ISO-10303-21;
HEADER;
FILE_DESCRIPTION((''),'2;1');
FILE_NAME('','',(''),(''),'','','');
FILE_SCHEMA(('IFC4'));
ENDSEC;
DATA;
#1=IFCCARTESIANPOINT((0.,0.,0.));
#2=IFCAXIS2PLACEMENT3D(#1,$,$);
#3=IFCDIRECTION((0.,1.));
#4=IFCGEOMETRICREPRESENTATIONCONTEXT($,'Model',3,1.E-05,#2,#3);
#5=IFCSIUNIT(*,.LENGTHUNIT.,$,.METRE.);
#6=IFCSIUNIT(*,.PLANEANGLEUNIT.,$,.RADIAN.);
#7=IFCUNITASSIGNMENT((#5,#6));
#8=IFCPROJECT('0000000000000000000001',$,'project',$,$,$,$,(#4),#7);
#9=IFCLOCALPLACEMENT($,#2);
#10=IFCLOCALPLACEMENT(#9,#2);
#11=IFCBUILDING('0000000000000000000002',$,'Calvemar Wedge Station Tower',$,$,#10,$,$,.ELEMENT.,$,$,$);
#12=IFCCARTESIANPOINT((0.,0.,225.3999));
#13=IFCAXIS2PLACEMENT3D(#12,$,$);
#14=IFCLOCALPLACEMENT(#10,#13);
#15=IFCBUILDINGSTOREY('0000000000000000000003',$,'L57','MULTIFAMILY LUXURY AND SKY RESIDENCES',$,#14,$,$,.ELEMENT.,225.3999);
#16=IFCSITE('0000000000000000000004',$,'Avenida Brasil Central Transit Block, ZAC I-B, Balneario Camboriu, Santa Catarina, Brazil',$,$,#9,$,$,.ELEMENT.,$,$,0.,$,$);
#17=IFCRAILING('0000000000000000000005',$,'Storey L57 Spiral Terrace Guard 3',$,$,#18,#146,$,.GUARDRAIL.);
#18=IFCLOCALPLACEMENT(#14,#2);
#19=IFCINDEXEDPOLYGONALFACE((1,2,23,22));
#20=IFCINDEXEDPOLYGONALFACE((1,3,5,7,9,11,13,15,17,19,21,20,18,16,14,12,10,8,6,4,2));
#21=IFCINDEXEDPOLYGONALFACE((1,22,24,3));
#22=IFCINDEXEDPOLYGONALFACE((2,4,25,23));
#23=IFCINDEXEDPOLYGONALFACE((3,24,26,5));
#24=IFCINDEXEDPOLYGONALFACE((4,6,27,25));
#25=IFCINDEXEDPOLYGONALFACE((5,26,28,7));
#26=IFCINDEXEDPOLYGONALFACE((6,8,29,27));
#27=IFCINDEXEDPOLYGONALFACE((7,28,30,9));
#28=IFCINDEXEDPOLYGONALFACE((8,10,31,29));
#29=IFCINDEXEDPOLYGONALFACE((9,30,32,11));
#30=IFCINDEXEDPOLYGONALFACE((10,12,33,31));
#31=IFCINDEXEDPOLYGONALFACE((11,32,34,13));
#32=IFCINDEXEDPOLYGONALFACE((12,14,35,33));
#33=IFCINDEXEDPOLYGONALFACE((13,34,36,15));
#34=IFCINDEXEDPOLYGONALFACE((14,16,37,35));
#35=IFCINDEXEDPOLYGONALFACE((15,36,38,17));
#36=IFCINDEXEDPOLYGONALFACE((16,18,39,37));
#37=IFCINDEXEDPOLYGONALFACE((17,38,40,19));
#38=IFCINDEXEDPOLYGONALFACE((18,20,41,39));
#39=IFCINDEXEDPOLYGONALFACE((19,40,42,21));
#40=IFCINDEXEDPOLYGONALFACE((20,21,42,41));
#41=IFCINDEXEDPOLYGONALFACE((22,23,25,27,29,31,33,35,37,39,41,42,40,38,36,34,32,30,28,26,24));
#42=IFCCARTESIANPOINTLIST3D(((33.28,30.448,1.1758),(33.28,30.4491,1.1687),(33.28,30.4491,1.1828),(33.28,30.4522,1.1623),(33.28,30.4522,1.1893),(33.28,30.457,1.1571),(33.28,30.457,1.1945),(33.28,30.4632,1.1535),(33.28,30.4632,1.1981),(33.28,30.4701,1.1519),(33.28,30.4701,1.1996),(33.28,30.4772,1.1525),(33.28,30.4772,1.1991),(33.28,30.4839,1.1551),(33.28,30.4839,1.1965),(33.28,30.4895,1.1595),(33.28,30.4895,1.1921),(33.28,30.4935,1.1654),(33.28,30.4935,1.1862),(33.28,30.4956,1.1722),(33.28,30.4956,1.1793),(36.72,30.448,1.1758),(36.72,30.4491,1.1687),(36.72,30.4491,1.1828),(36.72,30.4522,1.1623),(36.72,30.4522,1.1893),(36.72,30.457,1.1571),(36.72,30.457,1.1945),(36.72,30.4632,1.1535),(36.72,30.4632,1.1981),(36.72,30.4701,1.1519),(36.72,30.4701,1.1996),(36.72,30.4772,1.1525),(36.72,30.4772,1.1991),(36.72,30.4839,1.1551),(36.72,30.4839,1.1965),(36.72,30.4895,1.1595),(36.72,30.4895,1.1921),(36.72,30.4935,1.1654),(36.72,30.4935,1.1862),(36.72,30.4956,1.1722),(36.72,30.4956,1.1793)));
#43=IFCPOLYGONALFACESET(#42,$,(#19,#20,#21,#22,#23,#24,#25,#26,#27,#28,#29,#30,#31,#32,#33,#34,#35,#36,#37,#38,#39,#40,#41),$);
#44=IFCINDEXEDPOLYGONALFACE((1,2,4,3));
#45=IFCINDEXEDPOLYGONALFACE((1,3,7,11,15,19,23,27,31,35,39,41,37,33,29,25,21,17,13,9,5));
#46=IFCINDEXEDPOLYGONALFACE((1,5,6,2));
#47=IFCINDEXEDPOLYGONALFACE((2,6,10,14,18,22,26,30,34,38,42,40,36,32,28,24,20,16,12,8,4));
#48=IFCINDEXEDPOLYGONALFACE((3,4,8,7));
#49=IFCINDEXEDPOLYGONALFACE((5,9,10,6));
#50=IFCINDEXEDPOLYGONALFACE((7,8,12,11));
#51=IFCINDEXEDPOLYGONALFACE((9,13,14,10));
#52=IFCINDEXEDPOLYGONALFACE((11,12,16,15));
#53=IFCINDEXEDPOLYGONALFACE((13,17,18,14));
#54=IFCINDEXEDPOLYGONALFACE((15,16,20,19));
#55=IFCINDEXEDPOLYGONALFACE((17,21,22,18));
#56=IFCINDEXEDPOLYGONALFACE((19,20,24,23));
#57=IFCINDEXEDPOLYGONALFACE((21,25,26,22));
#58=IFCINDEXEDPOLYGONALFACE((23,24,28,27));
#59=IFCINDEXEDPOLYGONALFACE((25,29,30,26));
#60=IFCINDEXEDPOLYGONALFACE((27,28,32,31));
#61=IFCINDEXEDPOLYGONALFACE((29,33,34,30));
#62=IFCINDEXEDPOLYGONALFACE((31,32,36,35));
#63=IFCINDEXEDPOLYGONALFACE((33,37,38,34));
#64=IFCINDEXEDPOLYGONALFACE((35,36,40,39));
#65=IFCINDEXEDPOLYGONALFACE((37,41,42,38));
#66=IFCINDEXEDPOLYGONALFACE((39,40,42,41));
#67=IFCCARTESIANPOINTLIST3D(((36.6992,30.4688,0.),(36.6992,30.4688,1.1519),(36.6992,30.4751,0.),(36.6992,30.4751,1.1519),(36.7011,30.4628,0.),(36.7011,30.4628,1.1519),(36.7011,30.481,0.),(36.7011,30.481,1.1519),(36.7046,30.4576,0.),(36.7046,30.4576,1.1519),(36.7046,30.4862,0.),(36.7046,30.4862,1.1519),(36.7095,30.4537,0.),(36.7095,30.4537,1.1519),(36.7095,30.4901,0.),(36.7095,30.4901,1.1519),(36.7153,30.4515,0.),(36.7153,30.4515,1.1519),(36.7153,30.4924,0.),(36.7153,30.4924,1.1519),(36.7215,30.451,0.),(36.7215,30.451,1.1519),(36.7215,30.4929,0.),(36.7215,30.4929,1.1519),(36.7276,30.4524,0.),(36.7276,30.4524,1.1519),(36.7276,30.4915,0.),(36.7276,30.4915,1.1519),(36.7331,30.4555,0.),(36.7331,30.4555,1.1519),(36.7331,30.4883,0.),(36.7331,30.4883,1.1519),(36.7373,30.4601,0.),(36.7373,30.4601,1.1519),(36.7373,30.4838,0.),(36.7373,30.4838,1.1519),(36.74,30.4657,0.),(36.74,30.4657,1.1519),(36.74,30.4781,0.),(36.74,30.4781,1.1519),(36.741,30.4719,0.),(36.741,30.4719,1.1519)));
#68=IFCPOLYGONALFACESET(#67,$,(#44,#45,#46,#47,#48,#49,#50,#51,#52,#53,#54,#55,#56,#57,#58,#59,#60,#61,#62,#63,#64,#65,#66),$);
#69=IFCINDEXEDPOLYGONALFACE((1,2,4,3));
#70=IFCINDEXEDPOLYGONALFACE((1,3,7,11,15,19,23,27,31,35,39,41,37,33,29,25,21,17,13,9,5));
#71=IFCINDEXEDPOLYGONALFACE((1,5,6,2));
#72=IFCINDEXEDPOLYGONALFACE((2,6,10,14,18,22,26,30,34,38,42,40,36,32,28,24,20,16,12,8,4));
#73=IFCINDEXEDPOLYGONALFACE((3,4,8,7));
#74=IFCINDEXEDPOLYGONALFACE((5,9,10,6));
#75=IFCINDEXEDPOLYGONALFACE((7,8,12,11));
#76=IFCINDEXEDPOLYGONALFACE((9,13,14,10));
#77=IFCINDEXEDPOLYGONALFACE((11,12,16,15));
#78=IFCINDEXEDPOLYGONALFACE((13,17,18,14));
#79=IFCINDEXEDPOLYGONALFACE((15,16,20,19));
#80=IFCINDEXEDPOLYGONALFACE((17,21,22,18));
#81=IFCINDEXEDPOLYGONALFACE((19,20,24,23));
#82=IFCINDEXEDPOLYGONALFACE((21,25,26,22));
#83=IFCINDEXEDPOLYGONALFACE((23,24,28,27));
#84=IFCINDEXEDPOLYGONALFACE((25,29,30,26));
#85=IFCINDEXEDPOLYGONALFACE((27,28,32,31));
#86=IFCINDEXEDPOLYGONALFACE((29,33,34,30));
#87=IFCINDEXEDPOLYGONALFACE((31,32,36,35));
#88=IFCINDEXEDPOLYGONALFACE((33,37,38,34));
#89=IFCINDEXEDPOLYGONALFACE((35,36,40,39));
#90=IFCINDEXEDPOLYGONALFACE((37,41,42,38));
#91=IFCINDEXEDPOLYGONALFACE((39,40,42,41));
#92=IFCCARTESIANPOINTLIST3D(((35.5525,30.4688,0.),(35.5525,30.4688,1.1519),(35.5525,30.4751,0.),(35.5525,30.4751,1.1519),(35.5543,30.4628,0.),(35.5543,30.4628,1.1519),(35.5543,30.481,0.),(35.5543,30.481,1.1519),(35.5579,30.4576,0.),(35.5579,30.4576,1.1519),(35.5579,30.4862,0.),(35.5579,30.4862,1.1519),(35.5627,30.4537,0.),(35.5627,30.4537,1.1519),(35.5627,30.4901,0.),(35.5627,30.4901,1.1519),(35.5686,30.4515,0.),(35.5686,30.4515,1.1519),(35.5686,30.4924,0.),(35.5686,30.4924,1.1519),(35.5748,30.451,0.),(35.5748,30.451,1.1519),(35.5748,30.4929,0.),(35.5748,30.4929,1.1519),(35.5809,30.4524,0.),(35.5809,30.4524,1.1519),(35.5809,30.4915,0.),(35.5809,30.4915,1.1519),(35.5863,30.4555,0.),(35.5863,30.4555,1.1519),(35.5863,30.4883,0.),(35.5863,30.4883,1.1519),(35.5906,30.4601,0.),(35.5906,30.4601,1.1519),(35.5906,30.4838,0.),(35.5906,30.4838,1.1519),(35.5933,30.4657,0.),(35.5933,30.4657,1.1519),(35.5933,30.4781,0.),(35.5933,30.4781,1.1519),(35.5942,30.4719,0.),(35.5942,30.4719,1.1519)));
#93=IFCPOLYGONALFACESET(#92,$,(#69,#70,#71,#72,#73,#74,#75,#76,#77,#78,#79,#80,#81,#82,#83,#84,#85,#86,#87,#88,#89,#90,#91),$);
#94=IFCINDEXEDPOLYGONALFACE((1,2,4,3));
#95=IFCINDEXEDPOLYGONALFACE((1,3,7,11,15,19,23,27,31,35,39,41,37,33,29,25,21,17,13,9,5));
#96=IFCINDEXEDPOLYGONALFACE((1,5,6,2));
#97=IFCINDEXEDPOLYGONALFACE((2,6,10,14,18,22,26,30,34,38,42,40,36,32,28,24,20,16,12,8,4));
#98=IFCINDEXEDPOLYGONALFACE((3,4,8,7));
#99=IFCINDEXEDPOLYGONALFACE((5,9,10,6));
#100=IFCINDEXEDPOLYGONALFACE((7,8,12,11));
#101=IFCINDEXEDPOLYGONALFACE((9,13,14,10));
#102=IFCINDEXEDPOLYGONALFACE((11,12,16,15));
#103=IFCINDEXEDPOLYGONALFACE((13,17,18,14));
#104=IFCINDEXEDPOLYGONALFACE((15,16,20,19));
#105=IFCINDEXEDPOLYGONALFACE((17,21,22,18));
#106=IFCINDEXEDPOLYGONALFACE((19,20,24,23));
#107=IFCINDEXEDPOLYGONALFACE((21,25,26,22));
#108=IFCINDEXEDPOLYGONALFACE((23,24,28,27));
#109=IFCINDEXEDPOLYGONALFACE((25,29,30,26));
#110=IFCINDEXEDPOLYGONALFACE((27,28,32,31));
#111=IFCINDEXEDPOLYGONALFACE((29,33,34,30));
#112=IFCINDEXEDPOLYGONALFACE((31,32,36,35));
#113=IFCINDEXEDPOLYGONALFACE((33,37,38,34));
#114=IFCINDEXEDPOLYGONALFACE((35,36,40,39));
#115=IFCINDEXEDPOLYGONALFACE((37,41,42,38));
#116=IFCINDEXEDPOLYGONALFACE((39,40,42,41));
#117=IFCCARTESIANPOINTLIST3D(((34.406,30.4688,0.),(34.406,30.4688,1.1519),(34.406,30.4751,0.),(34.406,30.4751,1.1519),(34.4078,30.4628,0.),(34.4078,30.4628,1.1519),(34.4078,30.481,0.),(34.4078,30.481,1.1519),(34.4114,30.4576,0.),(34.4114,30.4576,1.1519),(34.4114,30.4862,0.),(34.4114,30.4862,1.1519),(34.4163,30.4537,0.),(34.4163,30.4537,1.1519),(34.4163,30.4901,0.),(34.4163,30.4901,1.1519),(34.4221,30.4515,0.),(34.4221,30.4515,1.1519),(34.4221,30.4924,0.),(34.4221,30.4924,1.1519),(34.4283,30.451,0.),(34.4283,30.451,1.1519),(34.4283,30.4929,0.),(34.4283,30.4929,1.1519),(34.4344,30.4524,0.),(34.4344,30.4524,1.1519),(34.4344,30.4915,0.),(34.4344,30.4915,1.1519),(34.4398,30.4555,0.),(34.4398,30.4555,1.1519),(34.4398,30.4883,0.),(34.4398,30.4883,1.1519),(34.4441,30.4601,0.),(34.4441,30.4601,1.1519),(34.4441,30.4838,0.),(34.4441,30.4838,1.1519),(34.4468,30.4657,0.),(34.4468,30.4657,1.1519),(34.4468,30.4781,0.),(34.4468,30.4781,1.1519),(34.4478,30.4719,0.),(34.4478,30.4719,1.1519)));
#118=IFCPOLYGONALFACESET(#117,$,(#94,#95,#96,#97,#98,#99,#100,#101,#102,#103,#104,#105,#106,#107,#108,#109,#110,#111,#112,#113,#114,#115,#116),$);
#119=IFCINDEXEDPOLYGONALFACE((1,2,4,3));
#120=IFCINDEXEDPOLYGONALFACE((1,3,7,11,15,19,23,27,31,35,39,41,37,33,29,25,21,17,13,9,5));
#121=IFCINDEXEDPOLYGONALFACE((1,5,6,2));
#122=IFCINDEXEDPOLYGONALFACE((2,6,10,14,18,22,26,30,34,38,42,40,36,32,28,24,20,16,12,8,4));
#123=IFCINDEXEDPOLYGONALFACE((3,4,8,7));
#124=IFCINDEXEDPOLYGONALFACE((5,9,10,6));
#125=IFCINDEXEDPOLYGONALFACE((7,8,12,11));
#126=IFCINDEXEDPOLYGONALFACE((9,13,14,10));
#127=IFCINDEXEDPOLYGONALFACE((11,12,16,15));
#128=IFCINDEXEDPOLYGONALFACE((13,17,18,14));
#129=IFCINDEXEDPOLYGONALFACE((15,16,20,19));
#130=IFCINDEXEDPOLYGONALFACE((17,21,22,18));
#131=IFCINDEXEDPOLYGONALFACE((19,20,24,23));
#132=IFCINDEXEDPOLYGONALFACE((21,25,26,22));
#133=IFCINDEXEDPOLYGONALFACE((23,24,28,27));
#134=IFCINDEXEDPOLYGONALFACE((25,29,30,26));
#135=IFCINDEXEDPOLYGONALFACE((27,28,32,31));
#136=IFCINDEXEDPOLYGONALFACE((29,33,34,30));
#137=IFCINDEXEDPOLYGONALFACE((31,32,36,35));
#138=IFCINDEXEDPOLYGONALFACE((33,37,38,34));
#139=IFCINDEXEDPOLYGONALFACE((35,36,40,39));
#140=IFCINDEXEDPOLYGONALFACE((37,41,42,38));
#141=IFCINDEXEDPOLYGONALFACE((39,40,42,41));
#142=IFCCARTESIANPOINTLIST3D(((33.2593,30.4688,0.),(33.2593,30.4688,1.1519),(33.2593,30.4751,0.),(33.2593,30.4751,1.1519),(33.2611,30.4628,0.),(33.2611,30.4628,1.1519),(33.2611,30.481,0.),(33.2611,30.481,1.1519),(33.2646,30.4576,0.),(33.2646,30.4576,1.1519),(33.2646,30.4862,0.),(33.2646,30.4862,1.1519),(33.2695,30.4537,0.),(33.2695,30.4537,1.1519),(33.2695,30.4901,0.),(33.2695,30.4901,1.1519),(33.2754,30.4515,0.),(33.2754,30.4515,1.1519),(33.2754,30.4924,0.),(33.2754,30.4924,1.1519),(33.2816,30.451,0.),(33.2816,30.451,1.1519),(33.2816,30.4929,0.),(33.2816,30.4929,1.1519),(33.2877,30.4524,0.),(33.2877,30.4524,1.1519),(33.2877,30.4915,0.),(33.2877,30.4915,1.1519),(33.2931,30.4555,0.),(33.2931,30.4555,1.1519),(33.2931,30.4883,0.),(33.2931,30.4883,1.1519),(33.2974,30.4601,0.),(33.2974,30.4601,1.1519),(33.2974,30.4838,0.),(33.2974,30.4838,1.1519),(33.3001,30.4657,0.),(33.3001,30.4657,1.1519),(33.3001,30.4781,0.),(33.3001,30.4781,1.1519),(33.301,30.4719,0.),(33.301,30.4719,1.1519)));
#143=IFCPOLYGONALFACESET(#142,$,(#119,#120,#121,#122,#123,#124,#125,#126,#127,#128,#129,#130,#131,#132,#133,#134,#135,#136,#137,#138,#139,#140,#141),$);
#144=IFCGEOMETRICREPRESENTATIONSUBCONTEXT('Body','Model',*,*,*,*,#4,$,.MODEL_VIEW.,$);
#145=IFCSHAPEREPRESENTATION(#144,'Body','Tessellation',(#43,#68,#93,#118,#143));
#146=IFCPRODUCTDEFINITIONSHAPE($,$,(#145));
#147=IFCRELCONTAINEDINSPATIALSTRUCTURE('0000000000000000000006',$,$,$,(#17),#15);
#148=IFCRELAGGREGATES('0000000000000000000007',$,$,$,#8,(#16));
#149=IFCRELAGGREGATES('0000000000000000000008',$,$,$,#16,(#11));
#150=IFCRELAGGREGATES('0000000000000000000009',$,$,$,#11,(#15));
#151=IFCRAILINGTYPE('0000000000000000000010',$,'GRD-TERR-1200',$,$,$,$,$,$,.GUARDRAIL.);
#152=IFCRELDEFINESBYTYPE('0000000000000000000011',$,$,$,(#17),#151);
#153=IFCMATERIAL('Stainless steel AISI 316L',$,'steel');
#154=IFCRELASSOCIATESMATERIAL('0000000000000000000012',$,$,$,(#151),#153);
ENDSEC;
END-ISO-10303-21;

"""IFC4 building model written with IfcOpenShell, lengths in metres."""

from ifc_helpers import new_model, si_unit, direction, frame, origin, origin_2d, place, context, subcontext, project, spatial, circle, extrude, material, type_object, element, save


model = new_model("IFC4")

# Units and contexts
model_context = context("Model", 3, precision=1e-05, world=origin(), true_north=direction((0.0, 1.0)))
body_context = subcontext(model_context, "Body", "Model", "MODEL_VIEW")
ifc_project = project(units=[si_unit("LENGTHUNIT", "METRE"), si_unit("PLANEANGLEUNIT", "RADIAN")], contexts=[model_context])

# Site, building, storey
site_placement = place(None, origin())
site = spatial("IfcSite", under=ifc_project, at=site_placement, Name="Avenida Brasil Central Transit Block, ZAC I-B, Balneario Camboriu, Santa Catarina, Brazil", CompositionType="ELEMENT", RefElevation=0.0)
building_placement = place(site_placement, origin())
building = spatial("IfcBuilding", under=site, at=building_placement, Name="Calvemar Wedge Station Tower", CompositionType="ELEMENT")
storey_placement = place(building_placement, frame((0.0, 0.0, 225.3999)))
storey = spatial("IfcBuildingStorey", under=building, at=storey_placement, Name="L57", Description="MULTIFAMILY LUXURY AND SKY RESIDENCES", CompositionType="ELEMENT", Elevation=225.3999)

# Railing
ifc_material_1 = material(Name="Stainless steel AISI 316L", Category="steel")
railing_type = type_object("IfcRailingType", Name="GRD-TERR-1200", PredefinedType="GUARDRAIL", material=ifc_material_1)
railing_1_placement = place(storey_placement, frame((36.72, 30.4719, 0.0)))
element("IfcRailing", 1, at=railing_1_placement, inside=storey, type_object=railing_type, Name="Storey L57 Spiral Terrace Guard 3", PredefinedType="GUARDRAIL", context=body_context, shape_type="SweptSolid", body=[
    extrude(circle(Radius=0.0239, at=origin_2d()), frame((0.0, 0.0, 1.1758), z_axis=(-1.0, 0.0, 0.0), x_axis=(0.0, -1.0, 0.0)), (0.0, 0.0, 1.0), 3.4399),
    extrude(circle(Radius=0.021, at=origin_2d()), origin(), (0.0, 0.0, 1.0), 1.1519),
    extrude(circle(Radius=0.021, at=origin_2d()), frame((-1.1467, 0.0, 0.0)), (0.0, 0.0, 1.0), 1.1519),
    extrude(circle(Radius=0.021, at=origin_2d()), frame((-2.2932, 0.0, 0.0)), (0.0, 0.0, 1.0), 1.1519),
    extrude(circle(Radius=0.021, at=origin_2d()), frame((-3.4399, 0.0, 0.0)), (0.0, 0.0, 1.0), 1.1519),
])

save(model, "model.ifc")
